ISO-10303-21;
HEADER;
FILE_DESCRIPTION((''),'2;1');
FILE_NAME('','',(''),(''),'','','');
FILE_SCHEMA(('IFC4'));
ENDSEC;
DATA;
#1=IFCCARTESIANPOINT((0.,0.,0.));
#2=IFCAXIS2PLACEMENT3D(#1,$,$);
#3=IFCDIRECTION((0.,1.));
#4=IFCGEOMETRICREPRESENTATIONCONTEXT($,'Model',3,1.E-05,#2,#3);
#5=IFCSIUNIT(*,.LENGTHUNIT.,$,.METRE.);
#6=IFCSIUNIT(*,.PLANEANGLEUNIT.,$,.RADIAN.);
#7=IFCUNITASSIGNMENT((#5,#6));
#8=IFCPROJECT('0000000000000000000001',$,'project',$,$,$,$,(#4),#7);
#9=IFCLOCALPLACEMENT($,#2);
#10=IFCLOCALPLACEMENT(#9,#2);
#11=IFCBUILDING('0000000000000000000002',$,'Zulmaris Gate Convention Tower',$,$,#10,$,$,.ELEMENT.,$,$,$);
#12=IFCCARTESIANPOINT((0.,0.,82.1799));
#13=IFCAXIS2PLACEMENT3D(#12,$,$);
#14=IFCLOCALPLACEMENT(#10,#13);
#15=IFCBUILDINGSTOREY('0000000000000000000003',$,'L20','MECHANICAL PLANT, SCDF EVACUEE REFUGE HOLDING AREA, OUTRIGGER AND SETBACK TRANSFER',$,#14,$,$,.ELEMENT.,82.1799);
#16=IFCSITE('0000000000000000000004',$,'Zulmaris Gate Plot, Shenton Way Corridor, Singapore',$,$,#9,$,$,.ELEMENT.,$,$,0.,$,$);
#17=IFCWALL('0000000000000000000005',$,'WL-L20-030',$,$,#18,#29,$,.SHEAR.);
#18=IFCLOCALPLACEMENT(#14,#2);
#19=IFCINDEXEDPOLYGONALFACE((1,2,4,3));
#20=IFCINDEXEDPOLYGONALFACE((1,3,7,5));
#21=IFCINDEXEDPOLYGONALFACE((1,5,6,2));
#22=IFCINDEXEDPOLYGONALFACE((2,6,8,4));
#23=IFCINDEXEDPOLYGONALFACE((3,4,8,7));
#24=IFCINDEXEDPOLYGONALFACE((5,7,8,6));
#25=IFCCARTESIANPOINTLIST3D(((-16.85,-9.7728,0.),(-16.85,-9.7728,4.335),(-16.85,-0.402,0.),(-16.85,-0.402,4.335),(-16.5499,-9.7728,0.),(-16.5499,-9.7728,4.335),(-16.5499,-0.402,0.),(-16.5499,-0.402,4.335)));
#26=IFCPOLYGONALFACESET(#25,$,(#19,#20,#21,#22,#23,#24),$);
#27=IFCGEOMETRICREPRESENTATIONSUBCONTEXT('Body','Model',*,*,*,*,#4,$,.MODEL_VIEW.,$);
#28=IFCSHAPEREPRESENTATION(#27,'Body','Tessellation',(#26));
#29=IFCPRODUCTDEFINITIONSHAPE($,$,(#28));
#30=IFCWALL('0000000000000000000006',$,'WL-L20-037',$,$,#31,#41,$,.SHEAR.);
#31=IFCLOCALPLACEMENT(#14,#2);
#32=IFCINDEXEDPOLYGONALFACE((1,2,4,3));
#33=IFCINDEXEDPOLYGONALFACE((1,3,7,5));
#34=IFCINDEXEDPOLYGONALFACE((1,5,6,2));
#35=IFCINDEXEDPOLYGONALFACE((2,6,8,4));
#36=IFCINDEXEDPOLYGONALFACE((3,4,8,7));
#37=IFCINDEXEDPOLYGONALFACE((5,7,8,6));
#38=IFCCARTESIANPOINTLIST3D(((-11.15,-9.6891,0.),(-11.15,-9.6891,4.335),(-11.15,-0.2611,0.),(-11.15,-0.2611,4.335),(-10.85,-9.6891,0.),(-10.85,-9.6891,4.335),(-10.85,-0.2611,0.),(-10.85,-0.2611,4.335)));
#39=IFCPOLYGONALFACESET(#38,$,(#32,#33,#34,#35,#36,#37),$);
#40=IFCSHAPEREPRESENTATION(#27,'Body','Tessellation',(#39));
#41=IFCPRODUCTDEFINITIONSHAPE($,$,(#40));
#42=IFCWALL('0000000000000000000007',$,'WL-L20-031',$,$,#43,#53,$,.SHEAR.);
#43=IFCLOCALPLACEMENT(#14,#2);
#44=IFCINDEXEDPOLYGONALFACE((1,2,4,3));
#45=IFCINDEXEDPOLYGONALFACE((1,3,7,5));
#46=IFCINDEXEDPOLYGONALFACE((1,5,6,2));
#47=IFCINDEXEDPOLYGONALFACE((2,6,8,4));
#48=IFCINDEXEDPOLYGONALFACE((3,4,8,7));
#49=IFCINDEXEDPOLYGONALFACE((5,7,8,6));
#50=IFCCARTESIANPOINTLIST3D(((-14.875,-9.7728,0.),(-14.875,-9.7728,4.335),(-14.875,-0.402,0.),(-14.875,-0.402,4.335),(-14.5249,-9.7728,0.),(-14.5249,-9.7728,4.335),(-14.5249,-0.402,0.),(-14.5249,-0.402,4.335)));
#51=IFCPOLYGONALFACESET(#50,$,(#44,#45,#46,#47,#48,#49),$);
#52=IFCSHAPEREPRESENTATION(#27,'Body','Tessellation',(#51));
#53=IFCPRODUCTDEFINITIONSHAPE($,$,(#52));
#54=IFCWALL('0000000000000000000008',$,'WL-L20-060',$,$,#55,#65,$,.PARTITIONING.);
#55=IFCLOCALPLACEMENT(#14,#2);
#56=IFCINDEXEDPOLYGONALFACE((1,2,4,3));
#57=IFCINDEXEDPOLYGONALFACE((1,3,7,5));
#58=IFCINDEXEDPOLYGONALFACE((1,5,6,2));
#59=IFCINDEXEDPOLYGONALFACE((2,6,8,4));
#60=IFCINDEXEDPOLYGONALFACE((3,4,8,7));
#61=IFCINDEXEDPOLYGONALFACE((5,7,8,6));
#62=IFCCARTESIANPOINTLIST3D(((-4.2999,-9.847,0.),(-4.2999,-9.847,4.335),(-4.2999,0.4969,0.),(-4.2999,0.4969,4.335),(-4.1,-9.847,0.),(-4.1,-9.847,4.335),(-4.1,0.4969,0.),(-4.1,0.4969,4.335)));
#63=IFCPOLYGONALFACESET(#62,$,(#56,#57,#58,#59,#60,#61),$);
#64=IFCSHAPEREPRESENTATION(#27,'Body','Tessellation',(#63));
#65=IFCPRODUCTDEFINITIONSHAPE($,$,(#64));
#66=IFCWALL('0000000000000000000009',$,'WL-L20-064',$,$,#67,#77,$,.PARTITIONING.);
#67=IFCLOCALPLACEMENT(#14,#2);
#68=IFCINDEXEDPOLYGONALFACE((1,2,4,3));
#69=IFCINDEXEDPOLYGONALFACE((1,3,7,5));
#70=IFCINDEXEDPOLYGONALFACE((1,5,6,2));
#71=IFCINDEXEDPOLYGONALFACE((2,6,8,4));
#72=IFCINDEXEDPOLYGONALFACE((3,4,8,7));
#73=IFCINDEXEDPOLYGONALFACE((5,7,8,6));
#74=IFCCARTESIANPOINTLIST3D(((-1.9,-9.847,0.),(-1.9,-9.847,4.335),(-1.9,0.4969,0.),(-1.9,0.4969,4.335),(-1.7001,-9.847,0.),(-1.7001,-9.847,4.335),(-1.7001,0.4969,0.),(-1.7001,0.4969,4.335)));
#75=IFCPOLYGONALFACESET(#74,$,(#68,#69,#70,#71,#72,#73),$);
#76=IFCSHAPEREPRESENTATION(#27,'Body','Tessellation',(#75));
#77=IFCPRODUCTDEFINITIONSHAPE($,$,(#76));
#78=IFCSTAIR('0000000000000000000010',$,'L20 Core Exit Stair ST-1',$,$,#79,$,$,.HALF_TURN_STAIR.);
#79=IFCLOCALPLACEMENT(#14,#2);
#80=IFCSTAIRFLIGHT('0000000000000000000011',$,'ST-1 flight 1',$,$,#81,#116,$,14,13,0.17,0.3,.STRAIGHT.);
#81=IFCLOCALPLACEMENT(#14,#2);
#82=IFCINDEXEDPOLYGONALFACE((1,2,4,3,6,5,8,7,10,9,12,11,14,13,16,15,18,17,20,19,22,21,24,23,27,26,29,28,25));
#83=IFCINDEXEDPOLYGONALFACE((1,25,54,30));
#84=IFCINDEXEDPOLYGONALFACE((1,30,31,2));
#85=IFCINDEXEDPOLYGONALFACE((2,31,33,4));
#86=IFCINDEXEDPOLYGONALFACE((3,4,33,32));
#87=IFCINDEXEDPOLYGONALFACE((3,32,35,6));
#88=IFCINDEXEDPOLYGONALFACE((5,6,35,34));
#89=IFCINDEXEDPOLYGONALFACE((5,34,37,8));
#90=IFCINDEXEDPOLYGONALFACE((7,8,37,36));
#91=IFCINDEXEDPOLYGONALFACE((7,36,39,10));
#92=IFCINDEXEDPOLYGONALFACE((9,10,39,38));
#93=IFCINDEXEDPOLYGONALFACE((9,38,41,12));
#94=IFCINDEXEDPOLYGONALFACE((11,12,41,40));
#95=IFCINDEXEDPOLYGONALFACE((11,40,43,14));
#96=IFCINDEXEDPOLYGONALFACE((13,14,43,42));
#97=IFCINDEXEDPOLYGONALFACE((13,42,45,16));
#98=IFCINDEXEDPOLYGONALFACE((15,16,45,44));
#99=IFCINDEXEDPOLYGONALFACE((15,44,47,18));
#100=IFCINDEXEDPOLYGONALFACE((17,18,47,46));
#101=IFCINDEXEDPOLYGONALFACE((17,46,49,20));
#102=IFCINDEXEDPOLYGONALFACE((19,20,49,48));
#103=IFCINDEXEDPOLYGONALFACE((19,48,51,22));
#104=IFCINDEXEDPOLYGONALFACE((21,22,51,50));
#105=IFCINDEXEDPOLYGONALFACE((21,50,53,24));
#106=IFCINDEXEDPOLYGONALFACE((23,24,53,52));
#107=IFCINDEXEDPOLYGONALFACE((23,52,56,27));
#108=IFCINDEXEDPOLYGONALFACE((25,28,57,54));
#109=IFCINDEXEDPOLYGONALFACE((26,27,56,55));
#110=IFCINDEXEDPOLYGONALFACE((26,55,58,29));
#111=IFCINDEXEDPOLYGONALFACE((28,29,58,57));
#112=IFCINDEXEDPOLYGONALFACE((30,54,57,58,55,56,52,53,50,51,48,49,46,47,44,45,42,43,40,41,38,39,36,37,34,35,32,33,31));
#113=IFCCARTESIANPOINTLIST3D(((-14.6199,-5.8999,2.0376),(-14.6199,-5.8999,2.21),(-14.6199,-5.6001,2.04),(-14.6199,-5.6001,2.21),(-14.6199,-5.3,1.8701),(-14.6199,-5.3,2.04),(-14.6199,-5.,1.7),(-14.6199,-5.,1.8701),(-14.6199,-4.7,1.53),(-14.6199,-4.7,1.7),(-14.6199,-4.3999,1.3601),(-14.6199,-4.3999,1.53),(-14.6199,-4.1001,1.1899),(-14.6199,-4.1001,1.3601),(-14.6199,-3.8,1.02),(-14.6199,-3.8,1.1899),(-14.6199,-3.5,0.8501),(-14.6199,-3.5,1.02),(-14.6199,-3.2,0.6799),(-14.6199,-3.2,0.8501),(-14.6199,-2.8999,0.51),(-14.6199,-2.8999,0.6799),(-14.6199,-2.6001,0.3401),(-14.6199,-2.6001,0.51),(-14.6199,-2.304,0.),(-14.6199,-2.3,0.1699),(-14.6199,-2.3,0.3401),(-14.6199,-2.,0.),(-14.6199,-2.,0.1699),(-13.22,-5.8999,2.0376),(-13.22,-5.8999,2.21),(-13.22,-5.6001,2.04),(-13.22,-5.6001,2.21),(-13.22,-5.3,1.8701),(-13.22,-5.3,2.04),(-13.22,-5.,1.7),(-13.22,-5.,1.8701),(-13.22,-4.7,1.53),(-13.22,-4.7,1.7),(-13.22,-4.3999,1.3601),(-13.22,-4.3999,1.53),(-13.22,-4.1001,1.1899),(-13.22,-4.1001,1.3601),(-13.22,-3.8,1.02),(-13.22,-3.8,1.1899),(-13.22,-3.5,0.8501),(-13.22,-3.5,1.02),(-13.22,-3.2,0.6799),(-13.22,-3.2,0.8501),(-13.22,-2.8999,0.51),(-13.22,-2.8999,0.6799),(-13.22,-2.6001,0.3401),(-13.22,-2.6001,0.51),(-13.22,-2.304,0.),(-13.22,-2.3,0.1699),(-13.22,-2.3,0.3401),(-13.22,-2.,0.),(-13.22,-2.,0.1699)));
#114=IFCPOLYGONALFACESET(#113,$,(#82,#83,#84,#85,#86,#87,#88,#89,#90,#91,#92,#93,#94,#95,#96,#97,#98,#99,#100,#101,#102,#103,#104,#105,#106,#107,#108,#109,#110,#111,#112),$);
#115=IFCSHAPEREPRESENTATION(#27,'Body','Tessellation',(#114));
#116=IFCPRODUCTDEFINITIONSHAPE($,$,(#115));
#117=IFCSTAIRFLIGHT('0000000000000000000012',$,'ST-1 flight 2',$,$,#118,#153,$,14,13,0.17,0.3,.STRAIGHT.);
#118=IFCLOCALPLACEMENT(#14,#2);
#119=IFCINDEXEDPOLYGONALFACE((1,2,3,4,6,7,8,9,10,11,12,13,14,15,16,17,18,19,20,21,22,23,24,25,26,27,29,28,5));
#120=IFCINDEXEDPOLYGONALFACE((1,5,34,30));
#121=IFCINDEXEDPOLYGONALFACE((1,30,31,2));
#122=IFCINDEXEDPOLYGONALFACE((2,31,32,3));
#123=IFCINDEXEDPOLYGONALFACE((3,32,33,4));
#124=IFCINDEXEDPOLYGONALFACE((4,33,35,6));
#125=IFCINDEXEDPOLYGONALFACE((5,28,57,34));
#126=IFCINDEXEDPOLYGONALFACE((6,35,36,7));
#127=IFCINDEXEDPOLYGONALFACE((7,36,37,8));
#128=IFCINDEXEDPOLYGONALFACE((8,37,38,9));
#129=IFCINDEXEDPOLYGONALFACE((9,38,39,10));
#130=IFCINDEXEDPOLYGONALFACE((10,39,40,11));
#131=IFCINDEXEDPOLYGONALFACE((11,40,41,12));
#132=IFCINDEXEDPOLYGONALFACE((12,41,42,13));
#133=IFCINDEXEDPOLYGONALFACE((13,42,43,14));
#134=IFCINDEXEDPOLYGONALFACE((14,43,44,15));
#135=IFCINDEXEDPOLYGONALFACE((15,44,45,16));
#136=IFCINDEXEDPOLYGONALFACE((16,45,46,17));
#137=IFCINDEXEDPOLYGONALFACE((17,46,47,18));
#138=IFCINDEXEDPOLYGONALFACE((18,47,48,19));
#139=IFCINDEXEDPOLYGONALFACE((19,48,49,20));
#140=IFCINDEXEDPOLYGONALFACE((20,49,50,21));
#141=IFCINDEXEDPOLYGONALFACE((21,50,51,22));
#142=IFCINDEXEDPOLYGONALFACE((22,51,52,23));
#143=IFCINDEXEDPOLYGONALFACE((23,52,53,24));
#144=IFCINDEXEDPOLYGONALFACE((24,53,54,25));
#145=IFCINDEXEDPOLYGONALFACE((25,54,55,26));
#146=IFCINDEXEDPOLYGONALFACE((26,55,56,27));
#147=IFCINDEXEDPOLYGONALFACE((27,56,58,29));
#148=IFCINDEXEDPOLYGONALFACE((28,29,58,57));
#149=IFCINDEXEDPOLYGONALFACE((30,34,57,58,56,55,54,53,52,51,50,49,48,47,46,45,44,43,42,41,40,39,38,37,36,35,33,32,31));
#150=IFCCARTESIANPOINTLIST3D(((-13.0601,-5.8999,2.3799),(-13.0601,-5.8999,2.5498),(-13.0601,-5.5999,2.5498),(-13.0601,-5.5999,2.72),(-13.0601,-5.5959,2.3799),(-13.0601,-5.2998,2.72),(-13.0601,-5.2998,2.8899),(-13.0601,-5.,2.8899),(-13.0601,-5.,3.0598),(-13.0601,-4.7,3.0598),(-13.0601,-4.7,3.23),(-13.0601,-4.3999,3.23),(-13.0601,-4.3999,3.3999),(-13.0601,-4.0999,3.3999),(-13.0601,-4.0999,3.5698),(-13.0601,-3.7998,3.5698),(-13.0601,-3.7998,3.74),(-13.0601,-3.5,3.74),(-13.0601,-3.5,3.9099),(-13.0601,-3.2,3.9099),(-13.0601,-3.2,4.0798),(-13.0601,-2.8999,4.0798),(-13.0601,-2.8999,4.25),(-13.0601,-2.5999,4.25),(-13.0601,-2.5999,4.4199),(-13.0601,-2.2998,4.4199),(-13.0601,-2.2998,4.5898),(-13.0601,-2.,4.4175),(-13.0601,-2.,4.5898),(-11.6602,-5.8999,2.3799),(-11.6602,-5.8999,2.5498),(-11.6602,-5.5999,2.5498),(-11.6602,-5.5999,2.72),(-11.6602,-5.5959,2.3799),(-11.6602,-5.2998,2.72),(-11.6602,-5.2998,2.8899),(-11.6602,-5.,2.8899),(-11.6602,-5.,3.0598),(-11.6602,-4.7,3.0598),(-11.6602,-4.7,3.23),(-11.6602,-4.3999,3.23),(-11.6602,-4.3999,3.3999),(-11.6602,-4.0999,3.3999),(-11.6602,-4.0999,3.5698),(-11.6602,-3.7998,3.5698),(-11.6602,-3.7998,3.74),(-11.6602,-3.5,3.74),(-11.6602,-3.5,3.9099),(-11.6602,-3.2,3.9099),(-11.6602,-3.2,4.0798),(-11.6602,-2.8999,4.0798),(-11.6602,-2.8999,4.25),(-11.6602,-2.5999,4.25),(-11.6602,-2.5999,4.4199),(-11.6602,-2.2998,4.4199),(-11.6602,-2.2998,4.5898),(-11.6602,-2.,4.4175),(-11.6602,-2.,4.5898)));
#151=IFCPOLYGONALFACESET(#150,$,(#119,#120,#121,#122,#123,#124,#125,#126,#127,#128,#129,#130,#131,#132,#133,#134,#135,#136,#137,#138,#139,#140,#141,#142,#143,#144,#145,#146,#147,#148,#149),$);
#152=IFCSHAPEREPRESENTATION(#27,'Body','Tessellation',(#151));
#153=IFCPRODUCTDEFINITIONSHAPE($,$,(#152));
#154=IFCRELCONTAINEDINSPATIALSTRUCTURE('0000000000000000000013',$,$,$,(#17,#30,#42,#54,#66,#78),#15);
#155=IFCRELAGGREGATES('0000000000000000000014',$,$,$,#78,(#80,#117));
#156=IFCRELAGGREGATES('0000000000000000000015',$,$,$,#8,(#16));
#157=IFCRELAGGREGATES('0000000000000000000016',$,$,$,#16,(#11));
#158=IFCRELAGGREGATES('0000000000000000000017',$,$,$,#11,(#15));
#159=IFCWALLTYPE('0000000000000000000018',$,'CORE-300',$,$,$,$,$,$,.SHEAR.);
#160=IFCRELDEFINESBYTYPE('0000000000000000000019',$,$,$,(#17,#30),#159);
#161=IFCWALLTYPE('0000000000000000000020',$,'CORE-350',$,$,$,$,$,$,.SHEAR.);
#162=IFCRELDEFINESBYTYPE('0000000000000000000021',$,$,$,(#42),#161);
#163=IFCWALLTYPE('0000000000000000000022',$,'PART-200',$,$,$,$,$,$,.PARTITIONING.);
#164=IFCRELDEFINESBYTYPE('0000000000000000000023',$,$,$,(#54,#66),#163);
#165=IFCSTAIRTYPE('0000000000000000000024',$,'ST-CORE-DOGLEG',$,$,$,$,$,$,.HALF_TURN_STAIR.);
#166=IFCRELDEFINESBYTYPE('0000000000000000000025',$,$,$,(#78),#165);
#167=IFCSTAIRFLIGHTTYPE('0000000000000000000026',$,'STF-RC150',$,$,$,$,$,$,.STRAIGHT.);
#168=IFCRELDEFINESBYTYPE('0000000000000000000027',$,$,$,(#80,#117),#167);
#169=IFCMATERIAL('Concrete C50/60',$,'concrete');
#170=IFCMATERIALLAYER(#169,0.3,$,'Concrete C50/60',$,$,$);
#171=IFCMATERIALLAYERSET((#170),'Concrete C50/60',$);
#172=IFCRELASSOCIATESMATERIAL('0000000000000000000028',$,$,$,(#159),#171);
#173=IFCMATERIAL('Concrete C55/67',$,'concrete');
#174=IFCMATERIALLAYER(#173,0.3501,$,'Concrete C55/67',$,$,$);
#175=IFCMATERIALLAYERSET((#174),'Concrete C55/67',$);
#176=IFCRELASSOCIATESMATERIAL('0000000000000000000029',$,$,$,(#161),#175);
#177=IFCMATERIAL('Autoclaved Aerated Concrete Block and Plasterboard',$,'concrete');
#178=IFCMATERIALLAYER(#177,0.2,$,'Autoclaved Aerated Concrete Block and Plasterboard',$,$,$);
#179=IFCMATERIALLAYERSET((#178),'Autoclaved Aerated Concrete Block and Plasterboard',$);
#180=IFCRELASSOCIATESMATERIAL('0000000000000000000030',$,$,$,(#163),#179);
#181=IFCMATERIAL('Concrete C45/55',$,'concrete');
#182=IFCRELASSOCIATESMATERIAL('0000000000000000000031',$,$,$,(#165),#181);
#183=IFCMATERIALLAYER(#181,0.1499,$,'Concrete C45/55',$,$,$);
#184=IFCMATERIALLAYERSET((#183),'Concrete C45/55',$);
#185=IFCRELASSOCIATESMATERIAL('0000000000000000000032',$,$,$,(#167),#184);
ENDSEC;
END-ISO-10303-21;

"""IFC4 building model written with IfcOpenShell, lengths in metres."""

from ifc_helpers import new_model, si_unit, direction, frame, frame_2d, origin, place, context, subcontext, project, spatial, polyline, rectangle, outline, extrude, material, layer, layer_set, type_object, element, aggregate, save


model = new_model("IFC4")

# Units and contexts
model_context = context("Model", 3, precision=1e-05, world=origin(), true_north=direction((0.0, 1.0)))
body_context = subcontext(model_context, "Body", "Model", "MODEL_VIEW")
ifc_project = project(units=[si_unit("LENGTHUNIT", "METRE"), si_unit("PLANEANGLEUNIT", "RADIAN")], contexts=[model_context])

# Site, building, storey
site_placement = place(None, origin())
site = spatial("IfcSite", under=ifc_project, at=site_placement, Name="Zulmaris Gate Plot, Shenton Way Corridor, Singapore", CompositionType="ELEMENT", RefElevation=0.0)
building_placement = place(site_placement, origin())
building = spatial("IfcBuilding", under=site, at=building_placement, Name="Zulmaris Gate Convention Tower", CompositionType="ELEMENT")
storey_placement = place(building_placement, frame((0.0, 0.0, 82.1799)))
storey = spatial("IfcBuildingStorey", under=building, at=storey_placement, Name="L20", Description="MECHANICAL PLANT, SCDF EVACUEE REFUGE HOLDING AREA, OUTRIGGER AND SETBACK TRANSFER", CompositionType="ELEMENT", Elevation=82.1799)

# Walls
ifc_material_1 = material(Name="Concrete C50/60", Category="concrete")
ifc_layer_1 = layer(ifc_material_1, 0.3, Name="Concrete C50/60")
ifc_layer_set_1 = layer_set([ifc_layer_1], Name="Concrete C50/60")
wall_type_1 = type_object("IfcWallType", Name="CORE-300", PredefinedType="SHEAR", material=ifc_layer_set_1)
wall_1_placement = place(storey_placement, frame((-16.7, -9.7729, 0.0), z_axis=(0.0, 0.0, 1.0), x_axis=(0.0, 1.0, 0.0)))
element("IfcWall", 1, at=wall_1_placement, inside=storey, type_object=wall_type_1, Name="WL-L20-030", PredefinedType="SHEAR", context=body_context, shape_type="SweptSolid", body=[
    extrude(rectangle(XDim=9.3708, YDim=0.3, at=frame_2d((4.6855, 0.0))), origin(), (0.0, 0.0, 1.0), 4.335),
])
wall_2_placement = place(storey_placement, frame((-11.0, -9.689, 0.0), z_axis=(0.0, 0.0, 1.0), x_axis=(0.0, 1.0, 0.0)))
element("IfcWall", 2, at=wall_2_placement, inside=storey, type_object=wall_type_1, Name="WL-L20-037", PredefinedType="SHEAR", context=body_context, shape_type="SweptSolid", body=[
    extrude(rectangle(XDim=9.428, YDim=0.3, at=frame_2d((4.7139, 0.0))), origin(), (0.0, 0.0, 1.0), 4.335),
])
ifc_material_2 = material(Name="Concrete C55/67", Category="concrete")
ifc_layer_2 = layer(ifc_material_2, 0.3501, Name="Concrete C55/67")
ifc_layer_set_2 = layer_set([ifc_layer_2], Name="Concrete C55/67")
wall_type_2 = type_object("IfcWallType", Name="CORE-350", PredefinedType="SHEAR", material=ifc_layer_set_2)
wall_3_placement = place(storey_placement, frame((-14.7, -9.7729, 0.0), z_axis=(0.0, 0.0, 1.0), x_axis=(0.0, 1.0, 0.0)))
element("IfcWall", 3, at=wall_3_placement, inside=storey, type_object=wall_type_2, Name="WL-L20-031", PredefinedType="SHEAR", context=body_context, shape_type="SweptSolid", body=[
    extrude(rectangle(XDim=9.3708, YDim=0.3501, at=frame_2d((4.6855, 0.0))), origin(), (0.0, 0.0, 1.0), 4.335),
])
ifc_material_3 = material(Name="Autoclaved Aerated Concrete Block and Plasterboard", Category="concrete")
ifc_layer_3 = layer(ifc_material_3, 0.2, Name="Autoclaved Aerated Concrete Block and Plasterboard")
ifc_layer_set_3 = layer_set([ifc_layer_3], Name="Autoclaved Aerated Concrete Block and Plasterboard")
wall_type_3 = type_object("IfcWallType", Name="PART-200", PredefinedType="PARTITIONING", material=ifc_layer_set_3)
for number, where, z_axis, x_axis, name in (
    (4, (-4.2, -9.8469, 0.0), (0.0, 0.0, 1.0), (0.0, 1.0, 0.0), "WL-L20-060"),
    (5, (-1.8, -9.8469, 0.0), (0.0, 0.0, 1.0), (0.0, 1.0, 0.0), "WL-L20-064"),
):
    element("IfcWall", number, at=place(storey_placement, frame(where, z_axis=z_axis, x_axis=x_axis)), inside=storey, type_object=wall_type_3, Name=name, PredefinedType="PARTITIONING", context=body_context, shape_type="SweptSolid", body=[
        extrude(rectangle(XDim=10.344, YDim=0.2, at=frame_2d((5.1719, 0.0))), origin(), (0.0, 0.0, 1.0), 4.335),
    ])

# Stair, stair flights
ifc_material_4 = material(Name="Concrete C45/55", Category="concrete")
stair_type = type_object("IfcStairType", Name="ST-CORE-DOGLEG", PredefinedType="HALF_TURN_STAIR", material=ifc_material_4)
stair_1_placement = place(storey_placement, origin())
stair_1 = element("IfcStair", 6, at=stair_1_placement, inside=storey, type_object=stair_type, Name="L20 Core Exit Stair ST-1", PredefinedType="HALF_TURN_STAIR")
ifc_layer_4 = layer(ifc_material_4, 0.1499, Name="Concrete C45/55")
ifc_layer_set_4 = layer_set([ifc_layer_4], Name="Concrete C45/55")
stair_flight_type = type_object("IfcStairFlightType", Name="STF-RC150", PredefinedType="STRAIGHT", material=ifc_layer_set_4)
stair_flight_1_placement = place(storey_placement, frame((-13.9199, -2.0, 0.0), z_axis=(0.0, 0.0, 1.0), x_axis=(0.0, -1.0, 0.0)))
stair_flight_1 = element("IfcStairFlight", 7, at=stair_flight_1_placement, type_object=stair_flight_type, Name="ST-1 flight 1", NumberOfRisers=14, NumberOfTreads=13, PredefinedType="STRAIGHT", RiserHeight=0.17, TreadLength=0.3, context=body_context, shape_type="SweptSolid", body=[
    extrude(outline(polyline([(0.0, 0.0), (0.0, 0.1699), (0.3, 0.1699), (0.3, 0.3401), (0.6001, 0.3401), (0.6001, 0.51), (0.8999, 0.51), (0.8999, 0.6799), (1.2, 0.6799), (1.2, 0.8501), (1.5, 0.8501), (1.5, 1.02), (1.8, 1.02), (1.8, 1.1899), (2.1001, 1.1899), (2.1001, 1.3601), (2.3999, 1.3601), (2.3999, 1.53), (2.7, 1.53), (2.7, 1.7), (3.0, 1.7), (3.0, 1.8701), (3.3, 1.8701), (3.3, 2.04), (3.6001, 2.04), (3.6001, 2.21), (3.8999, 2.21), (3.8999, 2.3799), (3.8999, 2.0376), (0.304, 0.0), (0.0, 0.0)])), frame((0.0, 0.7, 0.0), z_axis=(0.0, -1.0, 0.0), x_axis=(1.0, 0.0, 0.0)), (0.0, 0.0, 1.0), 1.3999),
])
stair_flight_2_placement = place(storey_placement, frame((-12.3601, -5.8999, 2.3799), z_axis=(0.0, 0.0, 1.0), x_axis=(0.0, 1.0, 0.0)))
stair_flight_2 = element("IfcStairFlight", 8, at=stair_flight_2_placement, type_object=stair_flight_type, Name="ST-1 flight 2", NumberOfRisers=14, NumberOfTreads=13, PredefinedType="STRAIGHT", RiserHeight=0.17, TreadLength=0.3, context=body_context, shape_type="SweptSolid", body=[
    extrude(outline(polyline([(0.0, 0.0), (0.0, 0.1699), (0.3, 0.1699), (0.3, 0.3401), (0.6001, 0.3401), (0.6001, 0.51), (0.8999, 0.51), (0.8999, 0.6799), (1.2, 0.6799), (1.2, 0.8501), (1.5, 0.8501), (1.5, 1.02), (1.8, 1.02), (1.8, 1.1899), (2.1001, 1.1899), (2.1001, 1.3601), (2.3999, 1.3601), (2.3999, 1.53), (2.7, 1.53), (2.7, 1.7), (3.0, 1.7), (3.0, 1.8701), (3.3, 1.8701), (3.3, 2.04), (3.6001, 2.04), (3.6001, 2.21), (3.8999, 2.21), (3.8999, 2.3799), (3.8999, 2.0376), (0.304, 0.0), (0.0, 0.0)])), frame((0.0, 0.7, 0.0), z_axis=(0.0, -1.0, 0.0), x_axis=(1.0, 0.0, 0.0)), (0.0, 0.0, 1.0), 1.3999),
])
aggregate(stair_1, [stair_flight_1, stair_flight_2])

save(model, "model.ifc")
